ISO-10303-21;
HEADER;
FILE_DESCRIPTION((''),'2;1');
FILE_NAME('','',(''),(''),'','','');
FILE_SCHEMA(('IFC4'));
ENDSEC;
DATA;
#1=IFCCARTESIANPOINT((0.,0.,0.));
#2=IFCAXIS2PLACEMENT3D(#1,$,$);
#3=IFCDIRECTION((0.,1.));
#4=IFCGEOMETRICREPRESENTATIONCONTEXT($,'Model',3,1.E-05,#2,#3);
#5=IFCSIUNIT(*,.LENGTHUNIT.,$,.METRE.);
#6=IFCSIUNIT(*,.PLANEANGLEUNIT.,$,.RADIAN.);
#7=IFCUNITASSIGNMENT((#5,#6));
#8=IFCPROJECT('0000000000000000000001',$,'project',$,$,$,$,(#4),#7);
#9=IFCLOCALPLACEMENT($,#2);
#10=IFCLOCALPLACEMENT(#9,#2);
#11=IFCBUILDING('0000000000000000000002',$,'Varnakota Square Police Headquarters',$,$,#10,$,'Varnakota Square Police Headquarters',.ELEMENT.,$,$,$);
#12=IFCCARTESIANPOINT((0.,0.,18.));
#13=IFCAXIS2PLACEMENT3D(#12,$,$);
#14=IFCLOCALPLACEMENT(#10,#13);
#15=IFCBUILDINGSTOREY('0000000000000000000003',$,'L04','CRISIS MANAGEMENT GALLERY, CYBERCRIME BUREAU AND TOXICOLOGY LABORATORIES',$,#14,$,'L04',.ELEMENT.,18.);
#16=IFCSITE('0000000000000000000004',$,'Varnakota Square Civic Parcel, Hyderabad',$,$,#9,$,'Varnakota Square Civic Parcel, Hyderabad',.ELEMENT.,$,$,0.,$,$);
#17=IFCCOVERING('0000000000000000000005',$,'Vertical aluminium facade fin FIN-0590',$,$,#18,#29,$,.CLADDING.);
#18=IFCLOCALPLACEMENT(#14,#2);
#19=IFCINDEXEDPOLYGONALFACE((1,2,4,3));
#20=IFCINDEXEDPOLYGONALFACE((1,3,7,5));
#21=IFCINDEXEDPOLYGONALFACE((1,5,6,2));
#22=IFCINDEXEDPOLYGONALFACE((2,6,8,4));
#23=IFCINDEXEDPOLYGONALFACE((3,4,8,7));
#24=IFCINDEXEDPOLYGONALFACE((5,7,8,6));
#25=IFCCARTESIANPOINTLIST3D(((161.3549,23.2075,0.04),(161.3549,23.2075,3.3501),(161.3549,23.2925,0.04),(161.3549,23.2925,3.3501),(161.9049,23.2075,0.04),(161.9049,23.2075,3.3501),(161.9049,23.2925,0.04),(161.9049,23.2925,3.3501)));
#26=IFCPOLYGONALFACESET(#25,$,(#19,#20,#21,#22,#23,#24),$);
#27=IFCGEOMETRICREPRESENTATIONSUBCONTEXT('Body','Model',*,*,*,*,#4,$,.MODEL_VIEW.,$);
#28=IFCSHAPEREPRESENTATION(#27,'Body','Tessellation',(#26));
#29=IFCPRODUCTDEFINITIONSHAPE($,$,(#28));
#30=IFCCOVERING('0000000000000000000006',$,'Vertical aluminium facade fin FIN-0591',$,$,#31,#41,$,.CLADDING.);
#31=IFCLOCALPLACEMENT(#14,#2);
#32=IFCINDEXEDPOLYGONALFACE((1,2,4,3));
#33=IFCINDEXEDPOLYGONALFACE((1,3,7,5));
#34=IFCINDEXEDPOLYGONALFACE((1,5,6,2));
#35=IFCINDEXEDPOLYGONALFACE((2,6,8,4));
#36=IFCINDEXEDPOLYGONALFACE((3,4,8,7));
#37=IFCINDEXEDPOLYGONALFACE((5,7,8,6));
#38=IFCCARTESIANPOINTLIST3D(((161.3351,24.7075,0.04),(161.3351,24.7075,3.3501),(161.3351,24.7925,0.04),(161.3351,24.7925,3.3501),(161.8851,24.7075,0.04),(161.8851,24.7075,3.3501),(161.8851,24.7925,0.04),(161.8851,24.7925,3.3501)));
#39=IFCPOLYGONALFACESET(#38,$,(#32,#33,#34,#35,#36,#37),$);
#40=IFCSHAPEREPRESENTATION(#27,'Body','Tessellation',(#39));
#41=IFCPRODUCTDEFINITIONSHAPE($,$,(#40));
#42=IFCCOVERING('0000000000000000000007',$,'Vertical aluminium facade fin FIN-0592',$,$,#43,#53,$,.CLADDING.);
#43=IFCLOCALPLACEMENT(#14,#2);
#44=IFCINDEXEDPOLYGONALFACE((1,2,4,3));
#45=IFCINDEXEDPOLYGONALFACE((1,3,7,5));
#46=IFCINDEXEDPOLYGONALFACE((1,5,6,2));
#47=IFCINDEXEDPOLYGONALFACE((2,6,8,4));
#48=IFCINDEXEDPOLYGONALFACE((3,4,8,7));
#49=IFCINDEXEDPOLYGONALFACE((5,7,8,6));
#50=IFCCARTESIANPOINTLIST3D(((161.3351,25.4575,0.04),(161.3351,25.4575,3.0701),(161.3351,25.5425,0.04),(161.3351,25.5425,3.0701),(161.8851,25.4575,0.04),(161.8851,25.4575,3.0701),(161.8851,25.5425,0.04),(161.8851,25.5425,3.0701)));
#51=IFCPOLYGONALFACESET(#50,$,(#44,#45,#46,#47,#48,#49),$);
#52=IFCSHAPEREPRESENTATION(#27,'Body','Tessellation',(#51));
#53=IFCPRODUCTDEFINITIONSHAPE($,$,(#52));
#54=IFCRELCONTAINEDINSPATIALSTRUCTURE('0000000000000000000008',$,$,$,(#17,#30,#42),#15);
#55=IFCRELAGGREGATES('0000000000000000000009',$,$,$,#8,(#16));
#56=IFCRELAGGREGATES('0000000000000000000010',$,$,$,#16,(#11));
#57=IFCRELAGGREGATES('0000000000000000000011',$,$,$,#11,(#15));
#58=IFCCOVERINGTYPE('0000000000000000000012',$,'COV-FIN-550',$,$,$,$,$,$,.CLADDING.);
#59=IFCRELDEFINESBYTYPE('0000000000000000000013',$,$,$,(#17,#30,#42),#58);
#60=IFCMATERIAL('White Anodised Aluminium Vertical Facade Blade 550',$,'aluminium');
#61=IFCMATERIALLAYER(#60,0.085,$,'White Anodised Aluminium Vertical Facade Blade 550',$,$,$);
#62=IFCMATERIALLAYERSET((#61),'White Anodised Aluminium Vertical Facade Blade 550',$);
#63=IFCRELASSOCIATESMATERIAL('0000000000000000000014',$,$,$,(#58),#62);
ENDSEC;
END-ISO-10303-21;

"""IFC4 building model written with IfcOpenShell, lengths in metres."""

from ifc_helpers import new_model, si_unit, direction, frame, origin, origin_2d, place, context, subcontext, project, spatial, rectangle, extrude, material, layer, layer_set, type_object, element, save


model = new_model("IFC4")

# Units and contexts
model_context = context("Model", 3, precision=1e-05, world=origin(), true_north=direction((0.0, 1.0)))
body_context = subcontext(model_context, "Body", "Model", "MODEL_VIEW")
ifc_project = project(units=[si_unit("LENGTHUNIT", "METRE"), si_unit("PLANEANGLEUNIT", "RADIAN")], contexts=[model_context])

# Site, building, storey
site_placement = place(None, origin())
site = spatial("IfcSite", under=ifc_project, at=site_placement, Name="Varnakota Square Civic Parcel, Hyderabad", LongName="Varnakota Square Civic Parcel, Hyderabad", CompositionType="ELEMENT", RefElevation=0.0)
building_placement = place(site_placement, origin())
building = spatial("IfcBuilding", under=site, at=building_placement, Name="Varnakota Square Police Headquarters", LongName="Varnakota Square Police Headquarters", CompositionType="ELEMENT")
storey_placement = place(building_placement, frame((0.0, 0.0, 18.0)))
storey = spatial("IfcBuildingStorey", under=building, at=storey_placement, Name="L04", Description="CRISIS MANAGEMENT GALLERY, CYBERCRIME BUREAU AND TOXICOLOGY LABORATORIES", LongName="L04", CompositionType="ELEMENT", Elevation=18.0)

# Coverings
ifc_material_1 = material(Name="White Anodised Aluminium Vertical Facade Blade 550", Category="aluminium")
ifc_layer_1 = layer(ifc_material_1, 0.085, Name="White Anodised Aluminium Vertical Facade Blade 550")
ifc_layer_set_1 = layer_set([ifc_layer_1], Name="White Anodised Aluminium Vertical Facade Blade 550")
covering_type_1 = type_object("IfcCoveringType", Name="COV-FIN-550", PredefinedType="CLADDING", material=ifc_layer_set_1)
for number, where, z_axis, x_axis, name in (
    (1, (161.6299, 23.25, 0.04), (0.0, 0.0, 1.0), (0.0, 1.0, 0.0), "Vertical aluminium facade fin FIN-0590"),
    (2, (161.6101, 24.75, 0.04), (0.0, 0.0, 1.0), (0.0, 1.0, 0.0), "Vertical aluminium facade fin FIN-0591"),
):
    element("IfcCovering", number, at=place(storey_placement, frame(where, z_axis=z_axis, x_axis=x_axis)), inside=storey, type_object=covering_type_1, Name=name, PredefinedType="CLADDING", context=body_context, shape_type="SweptSolid", body=[
        extrude(rectangle(XDim=0.085, YDim=0.55, at=origin_2d()), origin(), (0.0, 0.0, 1.0), 3.3101),
    ])
covering_1_placement = place(storey_placement, frame((161.6101, 25.5, 0.04), z_axis=(0.0, 0.0, 1.0), x_axis=(0.0, 1.0, 0.0)))
element("IfcCovering", 3, at=covering_1_placement, inside=storey, type_object=covering_type_1, Name="Vertical aluminium facade fin FIN-0592", PredefinedType="CLADDING", context=body_context, shape_type="SweptSolid", body=[
    extrude(rectangle(XDim=0.085, YDim=0.55, at=origin_2d()), origin(), (0.0, 0.0, 1.0), 3.03),
])

save(model, "model.ifc")
